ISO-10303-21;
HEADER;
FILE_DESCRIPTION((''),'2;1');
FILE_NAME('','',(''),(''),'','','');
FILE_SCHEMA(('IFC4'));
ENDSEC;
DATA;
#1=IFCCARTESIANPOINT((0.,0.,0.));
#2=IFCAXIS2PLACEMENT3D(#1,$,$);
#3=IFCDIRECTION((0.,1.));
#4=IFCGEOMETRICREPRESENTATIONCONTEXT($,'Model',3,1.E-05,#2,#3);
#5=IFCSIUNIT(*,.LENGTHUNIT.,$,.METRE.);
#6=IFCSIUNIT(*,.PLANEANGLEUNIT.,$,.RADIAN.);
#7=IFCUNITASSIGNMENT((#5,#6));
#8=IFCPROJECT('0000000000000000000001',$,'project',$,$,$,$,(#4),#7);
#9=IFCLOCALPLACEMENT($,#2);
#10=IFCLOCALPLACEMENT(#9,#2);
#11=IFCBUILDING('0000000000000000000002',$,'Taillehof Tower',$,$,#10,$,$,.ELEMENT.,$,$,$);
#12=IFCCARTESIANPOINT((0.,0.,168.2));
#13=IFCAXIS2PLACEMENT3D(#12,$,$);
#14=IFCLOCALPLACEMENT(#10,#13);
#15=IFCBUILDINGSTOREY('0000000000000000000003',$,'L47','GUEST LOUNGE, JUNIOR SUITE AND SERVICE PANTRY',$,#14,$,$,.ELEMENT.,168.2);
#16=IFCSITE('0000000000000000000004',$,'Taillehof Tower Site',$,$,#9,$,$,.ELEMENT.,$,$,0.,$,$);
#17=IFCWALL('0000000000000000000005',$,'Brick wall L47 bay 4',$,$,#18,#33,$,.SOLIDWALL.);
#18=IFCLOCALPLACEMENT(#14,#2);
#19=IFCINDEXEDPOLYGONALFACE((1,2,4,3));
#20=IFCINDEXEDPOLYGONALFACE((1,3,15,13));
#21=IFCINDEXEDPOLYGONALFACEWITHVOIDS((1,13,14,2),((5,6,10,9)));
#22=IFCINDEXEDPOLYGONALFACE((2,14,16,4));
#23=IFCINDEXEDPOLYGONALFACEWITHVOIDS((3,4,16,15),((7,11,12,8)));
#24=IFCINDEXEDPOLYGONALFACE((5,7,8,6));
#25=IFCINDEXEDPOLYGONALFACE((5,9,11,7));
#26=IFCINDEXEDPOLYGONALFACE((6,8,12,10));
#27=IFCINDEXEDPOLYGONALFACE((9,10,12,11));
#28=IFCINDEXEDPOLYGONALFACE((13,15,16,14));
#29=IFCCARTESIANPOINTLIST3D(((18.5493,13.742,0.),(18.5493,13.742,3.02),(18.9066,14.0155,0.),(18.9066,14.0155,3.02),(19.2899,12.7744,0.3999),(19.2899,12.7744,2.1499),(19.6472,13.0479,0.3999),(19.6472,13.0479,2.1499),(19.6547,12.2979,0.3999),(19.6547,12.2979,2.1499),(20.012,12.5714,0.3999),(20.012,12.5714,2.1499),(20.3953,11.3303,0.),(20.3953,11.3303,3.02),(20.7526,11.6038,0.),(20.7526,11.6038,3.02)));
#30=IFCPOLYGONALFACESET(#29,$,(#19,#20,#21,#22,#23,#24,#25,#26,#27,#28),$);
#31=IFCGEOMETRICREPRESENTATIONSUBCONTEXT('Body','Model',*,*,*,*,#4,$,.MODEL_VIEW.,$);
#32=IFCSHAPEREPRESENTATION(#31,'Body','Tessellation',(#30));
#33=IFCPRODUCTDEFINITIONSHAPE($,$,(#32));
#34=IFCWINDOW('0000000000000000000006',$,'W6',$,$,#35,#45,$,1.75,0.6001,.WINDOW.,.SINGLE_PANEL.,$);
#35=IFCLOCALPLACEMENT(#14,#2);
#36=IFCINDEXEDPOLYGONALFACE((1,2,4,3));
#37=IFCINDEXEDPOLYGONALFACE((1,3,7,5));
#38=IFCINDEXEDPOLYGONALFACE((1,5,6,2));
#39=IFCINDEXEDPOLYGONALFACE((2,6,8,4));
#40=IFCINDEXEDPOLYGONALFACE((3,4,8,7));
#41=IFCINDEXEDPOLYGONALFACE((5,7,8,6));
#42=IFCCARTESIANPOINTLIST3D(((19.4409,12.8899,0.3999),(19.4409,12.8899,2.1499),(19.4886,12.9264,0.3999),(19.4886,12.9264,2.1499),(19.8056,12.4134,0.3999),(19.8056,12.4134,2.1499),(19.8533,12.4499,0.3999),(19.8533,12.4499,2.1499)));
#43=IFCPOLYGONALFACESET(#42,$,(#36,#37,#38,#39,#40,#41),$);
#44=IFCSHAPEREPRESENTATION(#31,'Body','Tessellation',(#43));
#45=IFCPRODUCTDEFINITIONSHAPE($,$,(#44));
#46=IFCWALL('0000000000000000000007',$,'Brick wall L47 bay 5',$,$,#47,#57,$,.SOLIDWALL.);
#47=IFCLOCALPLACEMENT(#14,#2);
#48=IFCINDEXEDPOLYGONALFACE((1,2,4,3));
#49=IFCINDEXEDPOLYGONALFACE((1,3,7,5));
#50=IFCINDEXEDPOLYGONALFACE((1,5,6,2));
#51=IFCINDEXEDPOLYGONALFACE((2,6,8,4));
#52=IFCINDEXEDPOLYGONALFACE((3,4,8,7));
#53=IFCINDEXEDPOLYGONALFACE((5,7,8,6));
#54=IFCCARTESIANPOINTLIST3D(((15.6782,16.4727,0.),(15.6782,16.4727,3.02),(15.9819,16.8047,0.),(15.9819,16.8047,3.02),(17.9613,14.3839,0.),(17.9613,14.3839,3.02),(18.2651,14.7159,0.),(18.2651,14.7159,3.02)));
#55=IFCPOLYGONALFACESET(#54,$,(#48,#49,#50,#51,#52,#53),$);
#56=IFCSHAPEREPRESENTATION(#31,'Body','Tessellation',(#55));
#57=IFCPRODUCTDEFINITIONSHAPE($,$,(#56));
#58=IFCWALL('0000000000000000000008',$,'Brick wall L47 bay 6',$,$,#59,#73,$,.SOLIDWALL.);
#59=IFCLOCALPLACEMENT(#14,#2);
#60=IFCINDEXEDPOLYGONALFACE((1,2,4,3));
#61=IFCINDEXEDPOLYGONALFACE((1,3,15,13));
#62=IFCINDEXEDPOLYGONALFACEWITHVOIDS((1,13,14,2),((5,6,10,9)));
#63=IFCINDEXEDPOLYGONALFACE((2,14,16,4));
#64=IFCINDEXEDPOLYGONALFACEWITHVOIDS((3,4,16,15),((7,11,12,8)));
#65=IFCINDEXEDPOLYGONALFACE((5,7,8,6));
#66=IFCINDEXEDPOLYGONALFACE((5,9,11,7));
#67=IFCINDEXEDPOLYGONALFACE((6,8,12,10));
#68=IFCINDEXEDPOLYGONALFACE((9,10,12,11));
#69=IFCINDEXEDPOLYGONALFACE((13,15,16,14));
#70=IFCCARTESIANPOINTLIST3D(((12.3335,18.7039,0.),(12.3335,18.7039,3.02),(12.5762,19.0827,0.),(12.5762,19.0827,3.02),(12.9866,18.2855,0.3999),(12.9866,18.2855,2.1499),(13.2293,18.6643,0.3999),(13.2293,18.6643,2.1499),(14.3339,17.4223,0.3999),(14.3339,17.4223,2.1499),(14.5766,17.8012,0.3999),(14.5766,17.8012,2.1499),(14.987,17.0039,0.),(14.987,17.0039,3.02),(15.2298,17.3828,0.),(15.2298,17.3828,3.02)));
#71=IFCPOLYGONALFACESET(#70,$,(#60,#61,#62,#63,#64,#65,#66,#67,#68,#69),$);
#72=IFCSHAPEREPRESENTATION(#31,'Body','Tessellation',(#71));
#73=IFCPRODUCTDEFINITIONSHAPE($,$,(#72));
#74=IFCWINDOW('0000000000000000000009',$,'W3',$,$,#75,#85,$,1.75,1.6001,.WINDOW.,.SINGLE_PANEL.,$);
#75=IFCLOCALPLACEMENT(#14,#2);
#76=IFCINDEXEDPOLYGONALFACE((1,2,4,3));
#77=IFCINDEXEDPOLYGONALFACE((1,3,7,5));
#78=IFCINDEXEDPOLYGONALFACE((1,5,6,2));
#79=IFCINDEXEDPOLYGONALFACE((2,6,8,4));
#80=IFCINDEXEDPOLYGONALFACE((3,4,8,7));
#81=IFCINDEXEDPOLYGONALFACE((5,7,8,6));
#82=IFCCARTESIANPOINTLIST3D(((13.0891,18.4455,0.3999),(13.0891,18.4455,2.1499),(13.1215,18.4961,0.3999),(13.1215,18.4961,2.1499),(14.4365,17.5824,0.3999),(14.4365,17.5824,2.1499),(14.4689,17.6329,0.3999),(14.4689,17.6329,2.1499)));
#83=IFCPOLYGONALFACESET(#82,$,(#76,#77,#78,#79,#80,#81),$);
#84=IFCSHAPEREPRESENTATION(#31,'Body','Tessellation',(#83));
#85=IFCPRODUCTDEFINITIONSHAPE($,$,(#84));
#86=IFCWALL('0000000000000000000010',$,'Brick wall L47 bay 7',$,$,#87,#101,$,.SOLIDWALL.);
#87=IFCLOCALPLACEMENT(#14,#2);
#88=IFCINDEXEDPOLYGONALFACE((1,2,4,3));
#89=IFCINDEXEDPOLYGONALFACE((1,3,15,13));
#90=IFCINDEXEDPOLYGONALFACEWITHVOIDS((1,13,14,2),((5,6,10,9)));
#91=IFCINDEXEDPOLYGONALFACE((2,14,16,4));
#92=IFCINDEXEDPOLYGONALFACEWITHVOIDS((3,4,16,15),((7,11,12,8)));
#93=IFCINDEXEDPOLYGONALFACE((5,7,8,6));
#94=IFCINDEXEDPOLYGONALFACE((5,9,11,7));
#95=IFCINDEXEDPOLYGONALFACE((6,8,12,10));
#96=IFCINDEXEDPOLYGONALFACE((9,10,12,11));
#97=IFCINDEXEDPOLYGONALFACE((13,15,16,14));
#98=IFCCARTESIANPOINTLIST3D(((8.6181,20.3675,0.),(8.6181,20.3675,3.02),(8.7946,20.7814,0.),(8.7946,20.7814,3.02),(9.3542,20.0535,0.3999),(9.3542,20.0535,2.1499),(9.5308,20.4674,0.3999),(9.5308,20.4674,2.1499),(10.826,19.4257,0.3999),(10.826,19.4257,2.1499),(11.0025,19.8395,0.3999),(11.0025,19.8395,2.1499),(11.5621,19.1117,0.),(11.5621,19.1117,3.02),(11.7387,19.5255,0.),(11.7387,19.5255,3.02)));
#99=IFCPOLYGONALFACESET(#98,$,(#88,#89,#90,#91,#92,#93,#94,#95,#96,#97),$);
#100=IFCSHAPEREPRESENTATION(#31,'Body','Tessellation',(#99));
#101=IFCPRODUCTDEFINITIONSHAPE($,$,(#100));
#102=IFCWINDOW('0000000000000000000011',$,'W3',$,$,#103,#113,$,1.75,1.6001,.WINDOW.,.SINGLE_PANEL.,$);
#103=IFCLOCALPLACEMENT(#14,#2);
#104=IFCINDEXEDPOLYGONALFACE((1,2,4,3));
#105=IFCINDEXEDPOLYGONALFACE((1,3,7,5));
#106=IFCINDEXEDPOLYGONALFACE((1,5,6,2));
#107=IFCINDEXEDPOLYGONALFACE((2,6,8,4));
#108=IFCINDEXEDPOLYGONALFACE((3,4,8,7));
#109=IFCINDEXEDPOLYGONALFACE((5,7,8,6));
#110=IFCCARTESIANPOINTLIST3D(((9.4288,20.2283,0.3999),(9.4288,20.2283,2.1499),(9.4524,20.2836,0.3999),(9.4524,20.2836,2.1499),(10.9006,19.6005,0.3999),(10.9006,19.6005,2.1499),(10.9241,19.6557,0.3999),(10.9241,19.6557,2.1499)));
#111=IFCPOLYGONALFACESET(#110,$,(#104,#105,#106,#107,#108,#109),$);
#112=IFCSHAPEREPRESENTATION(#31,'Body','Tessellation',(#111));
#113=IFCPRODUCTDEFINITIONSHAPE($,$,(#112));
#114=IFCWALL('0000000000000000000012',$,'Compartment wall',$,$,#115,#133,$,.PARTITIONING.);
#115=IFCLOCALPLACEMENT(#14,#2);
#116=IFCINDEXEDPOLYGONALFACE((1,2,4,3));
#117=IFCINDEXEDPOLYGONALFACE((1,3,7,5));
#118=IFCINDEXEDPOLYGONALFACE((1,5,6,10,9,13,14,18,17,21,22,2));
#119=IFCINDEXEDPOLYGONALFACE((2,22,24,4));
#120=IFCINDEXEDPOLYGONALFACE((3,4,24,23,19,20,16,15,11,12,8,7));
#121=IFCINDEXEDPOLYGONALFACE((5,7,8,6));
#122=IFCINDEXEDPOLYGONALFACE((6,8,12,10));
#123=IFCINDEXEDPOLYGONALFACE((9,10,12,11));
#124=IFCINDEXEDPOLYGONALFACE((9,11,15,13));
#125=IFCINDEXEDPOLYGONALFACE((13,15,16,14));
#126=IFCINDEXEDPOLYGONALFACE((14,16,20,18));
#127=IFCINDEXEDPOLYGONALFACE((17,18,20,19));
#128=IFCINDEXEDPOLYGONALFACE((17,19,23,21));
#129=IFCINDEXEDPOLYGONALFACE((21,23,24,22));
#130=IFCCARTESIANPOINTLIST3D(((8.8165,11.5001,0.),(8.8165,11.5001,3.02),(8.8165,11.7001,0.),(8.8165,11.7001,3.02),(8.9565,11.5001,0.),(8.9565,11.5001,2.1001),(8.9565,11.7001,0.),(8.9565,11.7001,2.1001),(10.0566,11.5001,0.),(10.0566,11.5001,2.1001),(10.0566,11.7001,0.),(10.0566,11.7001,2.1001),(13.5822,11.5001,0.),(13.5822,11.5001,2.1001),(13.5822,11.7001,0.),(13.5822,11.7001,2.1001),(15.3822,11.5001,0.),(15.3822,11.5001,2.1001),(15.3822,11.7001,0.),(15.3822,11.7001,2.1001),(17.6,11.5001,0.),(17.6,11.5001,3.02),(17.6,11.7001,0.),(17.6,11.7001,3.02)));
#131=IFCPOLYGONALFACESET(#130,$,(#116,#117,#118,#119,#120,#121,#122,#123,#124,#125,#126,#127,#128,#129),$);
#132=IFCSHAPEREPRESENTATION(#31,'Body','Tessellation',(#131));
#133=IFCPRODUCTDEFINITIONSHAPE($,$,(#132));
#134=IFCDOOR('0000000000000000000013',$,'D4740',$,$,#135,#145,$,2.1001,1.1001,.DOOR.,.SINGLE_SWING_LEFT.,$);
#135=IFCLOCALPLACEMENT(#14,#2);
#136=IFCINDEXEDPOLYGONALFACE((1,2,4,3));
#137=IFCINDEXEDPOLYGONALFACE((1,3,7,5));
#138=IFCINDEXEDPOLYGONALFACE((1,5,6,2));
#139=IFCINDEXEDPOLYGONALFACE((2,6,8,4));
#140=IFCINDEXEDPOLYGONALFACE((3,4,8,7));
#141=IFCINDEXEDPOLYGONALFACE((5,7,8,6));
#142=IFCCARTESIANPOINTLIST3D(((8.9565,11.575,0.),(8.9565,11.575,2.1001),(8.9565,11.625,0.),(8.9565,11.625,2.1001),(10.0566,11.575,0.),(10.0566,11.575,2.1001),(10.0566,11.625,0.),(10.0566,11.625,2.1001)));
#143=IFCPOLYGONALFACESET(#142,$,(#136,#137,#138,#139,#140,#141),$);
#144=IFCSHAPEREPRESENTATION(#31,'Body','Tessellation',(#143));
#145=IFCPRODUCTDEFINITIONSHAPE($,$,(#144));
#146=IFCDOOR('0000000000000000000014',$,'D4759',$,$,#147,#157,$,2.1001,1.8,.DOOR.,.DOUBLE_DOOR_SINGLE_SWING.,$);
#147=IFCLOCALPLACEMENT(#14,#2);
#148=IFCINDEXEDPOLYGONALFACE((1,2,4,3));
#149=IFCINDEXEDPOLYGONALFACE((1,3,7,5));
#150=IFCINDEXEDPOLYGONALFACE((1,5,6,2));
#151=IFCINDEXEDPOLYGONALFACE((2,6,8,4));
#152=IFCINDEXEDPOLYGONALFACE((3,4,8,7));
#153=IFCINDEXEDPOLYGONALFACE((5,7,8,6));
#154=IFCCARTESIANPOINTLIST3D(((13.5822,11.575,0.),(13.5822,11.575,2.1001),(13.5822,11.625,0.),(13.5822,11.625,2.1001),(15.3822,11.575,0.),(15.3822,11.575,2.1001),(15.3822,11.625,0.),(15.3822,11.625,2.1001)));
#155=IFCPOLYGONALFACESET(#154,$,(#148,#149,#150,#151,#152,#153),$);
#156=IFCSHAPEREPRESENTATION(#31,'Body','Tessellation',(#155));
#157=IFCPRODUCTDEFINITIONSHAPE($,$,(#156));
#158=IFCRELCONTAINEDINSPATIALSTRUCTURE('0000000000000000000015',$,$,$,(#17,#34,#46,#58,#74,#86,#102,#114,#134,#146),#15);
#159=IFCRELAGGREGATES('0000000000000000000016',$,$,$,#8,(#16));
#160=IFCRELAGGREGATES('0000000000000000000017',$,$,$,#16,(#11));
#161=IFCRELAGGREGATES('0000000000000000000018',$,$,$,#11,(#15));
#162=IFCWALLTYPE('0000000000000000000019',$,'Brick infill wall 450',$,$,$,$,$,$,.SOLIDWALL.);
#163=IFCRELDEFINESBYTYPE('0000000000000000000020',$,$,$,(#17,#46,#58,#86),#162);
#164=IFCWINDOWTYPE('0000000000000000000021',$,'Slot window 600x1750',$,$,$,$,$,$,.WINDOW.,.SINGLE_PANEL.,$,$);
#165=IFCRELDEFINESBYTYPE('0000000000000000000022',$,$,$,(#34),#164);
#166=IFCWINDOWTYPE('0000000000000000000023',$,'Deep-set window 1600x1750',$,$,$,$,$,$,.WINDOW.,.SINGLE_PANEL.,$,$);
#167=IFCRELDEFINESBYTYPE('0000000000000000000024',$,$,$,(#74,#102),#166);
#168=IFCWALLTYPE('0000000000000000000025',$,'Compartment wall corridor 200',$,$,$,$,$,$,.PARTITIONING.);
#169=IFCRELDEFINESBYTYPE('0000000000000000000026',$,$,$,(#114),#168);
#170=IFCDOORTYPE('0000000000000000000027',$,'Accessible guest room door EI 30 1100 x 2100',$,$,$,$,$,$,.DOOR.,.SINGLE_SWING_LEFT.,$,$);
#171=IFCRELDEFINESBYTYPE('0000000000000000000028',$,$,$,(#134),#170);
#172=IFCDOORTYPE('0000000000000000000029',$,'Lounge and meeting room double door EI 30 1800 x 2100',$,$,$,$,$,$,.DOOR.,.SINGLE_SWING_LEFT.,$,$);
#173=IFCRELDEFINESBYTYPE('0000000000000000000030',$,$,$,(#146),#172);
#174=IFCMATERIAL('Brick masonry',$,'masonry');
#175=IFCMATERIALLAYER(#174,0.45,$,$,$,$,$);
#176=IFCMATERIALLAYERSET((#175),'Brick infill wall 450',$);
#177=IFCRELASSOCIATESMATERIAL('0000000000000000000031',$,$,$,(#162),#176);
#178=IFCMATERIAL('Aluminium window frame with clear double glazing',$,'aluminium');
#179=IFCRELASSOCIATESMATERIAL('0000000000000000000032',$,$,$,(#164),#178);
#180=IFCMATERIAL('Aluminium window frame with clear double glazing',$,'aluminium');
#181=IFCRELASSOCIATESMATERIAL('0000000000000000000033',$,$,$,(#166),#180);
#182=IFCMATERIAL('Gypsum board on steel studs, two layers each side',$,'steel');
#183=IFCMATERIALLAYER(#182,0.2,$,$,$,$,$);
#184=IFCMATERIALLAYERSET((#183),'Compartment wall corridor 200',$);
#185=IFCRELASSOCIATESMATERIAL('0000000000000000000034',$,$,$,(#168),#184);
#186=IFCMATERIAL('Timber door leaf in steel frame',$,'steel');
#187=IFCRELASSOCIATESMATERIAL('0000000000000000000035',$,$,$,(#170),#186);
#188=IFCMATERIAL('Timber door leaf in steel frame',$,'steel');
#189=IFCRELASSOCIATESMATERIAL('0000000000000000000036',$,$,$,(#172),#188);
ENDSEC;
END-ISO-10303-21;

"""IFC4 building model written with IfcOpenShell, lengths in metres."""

from ifc_helpers import new_model, si_unit, direction, frame, frame_2d, origin, place, context, subcontext, project, spatial, rectangle, extrude, material, layer, layer_set, type_object, element, fill, save


model = new_model("IFC4")

# Units and contexts
model_context = context("Model", 3, precision=1e-05, world=origin(), true_north=direction((0.0, 1.0)))
body_context = subcontext(model_context, "Body", "Model", "MODEL_VIEW")
ifc_project = project(units=[si_unit("LENGTHUNIT", "METRE"), si_unit("PLANEANGLEUNIT", "RADIAN")], contexts=[model_context])

# Site, building, storey
site_placement = place(None, origin())
site = spatial("IfcSite", under=ifc_project, at=site_placement, Name="Taillehof Tower Site", CompositionType="ELEMENT", RefElevation=0.0)
building_placement = place(site_placement, origin())
building = spatial("IfcBuilding", under=site, at=building_placement, Name="Taillehof Tower", CompositionType="ELEMENT")
storey_placement = place(building_placement, frame((0.0, 0.0, 168.2)))
storey = spatial("IfcBuildingStorey", under=building, at=storey_placement, Name="L47", Description="GUEST LOUNGE, JUNIOR SUITE AND SERVICE PANTRY", CompositionType="ELEMENT", Elevation=168.2)

# Wall, opening, window
ifc_material_1 = material(Name="Brick masonry", Category="masonry")
ifc_layer_1 = layer(ifc_material_1, 0.45)
ifc_layer_set_1 = layer_set([ifc_layer_1], Name="Brick infill wall 450")
wall_type_1 = type_object("IfcWallType", Name="Brick infill wall 450", PredefinedType="SOLIDWALL", material=ifc_layer_set_1)
wall_1_placement = place(storey_placement, frame((20.574, 11.467, 0.0), z_axis=(0.0, 0.0, 1.0), x_axis=(-0.607817, 0.794077, 0.0)))
wall_1 = element("IfcWall", 1, at=wall_1_placement, inside=storey, type_object=wall_type_1, Name="Brick wall L47 bay 4", PredefinedType="SOLIDWALL", context=body_context, shape_type="SweptSolid", body=[
    extrude(rectangle(XDim=3.0371, YDim=0.45, at=frame_2d((1.5186, 0.0))), origin(), (0.0, 0.0, 1.0), 3.02),
])
opening_1_placement = place(wall_1_placement, frame((1.2185, 0.0, 0.3999)))
opening_1 = element("IfcOpeningElement", 2, at=opening_1_placement, cuts=wall_1, PredefinedType="OPENING", context=body_context, shape_type="SweptSolid", body=[
    extrude(rectangle(XDim=0.6001, YDim=1.75, at=frame_2d((0.3, 0.875))), frame((0.0, 0.2349, 0.0), z_axis=(0.0, -1.0, 0.0), x_axis=(1.0, 0.0, 0.0)), (0.0, 0.0, 1.0), 0.47),
])
ifc_material_2 = material(Name="Aluminium window frame with clear double glazing", Category="aluminium")
window_type_1 = type_object("IfcWindowType", Name="Slot window 600x1750", PartitioningType="SINGLE_PANEL", PredefinedType="WINDOW", material=ifc_material_2)
window_1_placement = place(opening_1_placement, origin())
window_1 = element("IfcWindow", 3, at=window_1_placement, inside=storey, type_object=window_type_1, Name="W6", OverallHeight=1.75, OverallWidth=0.6001, PartitioningType="SINGLE_PANEL", PredefinedType="WINDOW", context=body_context, shape_type="SweptSolid", body=[
    extrude(rectangle(XDim=0.6001, YDim=1.75, at=frame_2d((0.3, 0.875))), frame((0.0, 0.0349, 0.0), z_axis=(0.0, -1.0, 0.0), x_axis=(1.0, 0.0, 0.0)), (0.0, 0.0, 1.0), 0.0601),
])
fill(opening_1, window_1)

# Wall
wall_2_placement = place(storey_placement, frame((18.1133, 14.5498, 0.0), z_axis=(0.0, 0.0, 1.0), x_axis=(-0.737809, 0.67501, 0.0)))
element("IfcWall", 4, at=wall_2_placement, inside=storey, type_object=wall_type_1, Name="Brick wall L47 bay 5", PredefinedType="SOLIDWALL", context=body_context, shape_type="SweptSolid", body=[
    extrude(rectangle(XDim=3.0945, YDim=0.45, at=frame_2d((1.5474, 0.0))), origin(), (0.0, 0.0, 1.0), 3.02),
])

# Walls, openings, windows
wall_3_placement = place(storey_placement, frame((15.1084, 17.1934, 0.0), z_axis=(0.0, 0.0, 1.0), x_axis=(-0.842031, 0.53943, 0.0)))
wall_3 = element("IfcWall", 5, at=wall_3_placement, inside=storey, type_object=wall_type_1, Name="Brick wall L47 bay 6", PredefinedType="SOLIDWALL", context=body_context, shape_type="SweptSolid", body=[
    extrude(rectangle(XDim=3.1514, YDim=0.45, at=frame_2d((1.5757, 0.0))), origin(), (0.0, 0.0, 1.0), 3.02),
])
opening_2_placement = place(wall_3_placement, frame((0.7756, 0.0, 0.3999)))
opening_2 = element("IfcOpeningElement", 6, at=opening_2_placement, cuts=wall_3, PredefinedType="OPENING", context=body_context, shape_type="SweptSolid", body=[
    extrude(rectangle(XDim=1.6001, YDim=1.75, at=frame_2d((0.8, 0.875))), frame((0.0, 0.2349, 0.0), z_axis=(0.0, -1.0, 0.0), x_axis=(1.0, 0.0, 0.0)), (0.0, 0.0, 1.0), 0.47),
])
ifc_material_3 = material(Name="Aluminium window frame with clear double glazing", Category="aluminium")
window_type_2 = type_object("IfcWindowType", Name="Deep-set window 1600x1750", PartitioningType="SINGLE_PANEL", PredefinedType="WINDOW", material=ifc_material_3)
window_2_placement = place(opening_2_placement, origin())
window_2 = element("IfcWindow", 7, at=window_2_placement, inside=storey, type_object=window_type_2, Name="W3", OverallHeight=1.75, OverallWidth=1.6001, PartitioningType="SINGLE_PANEL", PredefinedType="WINDOW", context=body_context, shape_type="SweptSolid", body=[
    extrude(rectangle(XDim=1.6001, YDim=1.75, at=frame_2d((0.8, 0.875))), frame((0.0, 0.0349, 0.0), z_axis=(0.0, -1.0, 0.0), x_axis=(1.0, 0.0, 0.0)), (0.0, 0.0, 1.0), 0.0601),
])
fill(opening_2, window_2)
wall_4_placement = place(storey_placement, frame((11.6504, 19.3186, 0.0), z_axis=(0.0, 0.0, 1.0), x_axis=(-0.91981, 0.392363, 0.0)))
wall_4 = element("IfcWall", 8, at=wall_4_placement, inside=storey, type_object=wall_type_1, Name="Brick wall L47 bay 7", PredefinedType="SOLIDWALL", context=body_context, shape_type="SweptSolid", body=[
    extrude(rectangle(XDim=3.2007, YDim=0.45, at=frame_2d((1.6003, 0.0))), origin(), (0.0, 0.0, 1.0), 3.02),
])
opening_3_placement = place(wall_4_placement, frame((0.8003, 0.0, 0.3999)))
opening_3 = element("IfcOpeningElement", 9, at=opening_3_placement, cuts=wall_4, PredefinedType="OPENING", context=body_context, shape_type="SweptSolid", body=[
    extrude(rectangle(XDim=1.6001, YDim=1.75, at=frame_2d((0.8, 0.875))), frame((0.0, 0.2349, 0.0), z_axis=(0.0, -1.0, 0.0), x_axis=(1.0, 0.0, 0.0)), (0.0, 0.0, 1.0), 0.47),
])
window_3_placement = place(opening_3_placement, origin())
window_3 = element("IfcWindow", 10, at=window_3_placement, inside=storey, type_object=window_type_2, Name="W3", OverallHeight=1.75, OverallWidth=1.6001, PartitioningType="SINGLE_PANEL", PredefinedType="WINDOW", context=body_context, shape_type="SweptSolid", body=[
    extrude(rectangle(XDim=1.6001, YDim=1.75, at=frame_2d((0.8, 0.875))), frame((0.0, 0.0349, 0.0), z_axis=(0.0, -1.0, 0.0), x_axis=(1.0, 0.0, 0.0)), (0.0, 0.0, 1.0), 0.0601),
])
fill(opening_3, window_3)

# Wall, openings, doors
ifc_material_4 = material(Name="Gypsum board on steel studs, two layers each side", Category="steel")
ifc_layer_2 = layer(ifc_material_4, 0.2)
ifc_layer_set_2 = layer_set([ifc_layer_2], Name="Compartment wall corridor 200")
wall_type_2 = type_object("IfcWallType", Name="Compartment wall corridor 200", PredefinedType="PARTITIONING", material=ifc_layer_set_2)
wall_5_placement = place(storey_placement, frame((8.8167, 11.6001, 0.0), z_axis=(0.0, 0.0, 1.0), x_axis=(1.0, 0.0, 0.0)))
wall_5 = element("IfcWall", 11, at=wall_5_placement, inside=storey, type_object=wall_type_2, Name="Compartment wall", PredefinedType="PARTITIONING", context=body_context, shape_type="SweptSolid", body=[
    extrude(rectangle(XDim=8.7834, YDim=0.2, at=frame_2d((4.3916, 0.0))), origin(), (0.0, 0.0, 1.0), 3.02),
])
opening_4_placement = place(wall_5_placement, frame((0.1399, 0.0, 0.0)))
opening_4 = element("IfcOpeningElement", 12, at=opening_4_placement, cuts=wall_5, PredefinedType="OPENING", context=body_context, shape_type="SweptSolid", body=[
    extrude(rectangle(XDim=1.1001, YDim=2.1001, at=frame_2d((0.55, 1.05))), frame((0.0, 0.1099, 0.0), z_axis=(0.0, -1.0, 0.0), x_axis=(1.0, 0.0, 0.0)), (0.0, 0.0, 1.0), 0.22),
])
opening_5_placement = place(wall_5_placement, frame((4.7656, 0.0, 0.0)))
opening_5 = element("IfcOpeningElement", 13, at=opening_5_placement, cuts=wall_5, PredefinedType="OPENING", context=body_context, shape_type="SweptSolid", body=[
    extrude(rectangle(XDim=1.8, YDim=2.1001, at=frame_2d((0.8999, 1.05))), frame((0.0, 0.1099, 0.0), z_axis=(0.0, -1.0, 0.0), x_axis=(1.0, 0.0, 0.0)), (0.0, 0.0, 1.0), 0.22),
])
ifc_material_5 = material(Name="Timber door leaf in steel frame", Category="steel")
door_type_1 = type_object("IfcDoorType", Name="Accessible guest room door EI 30 1100 x 2100", OperationType="SINGLE_SWING_LEFT", PredefinedType="DOOR", material=ifc_material_5)
door_1_placement = place(opening_4_placement, origin())
door_1 = element("IfcDoor", 14, at=door_1_placement, inside=storey, type_object=door_type_1, Name="D4740", OperationType="SINGLE_SWING_LEFT", OverallHeight=2.1001, OverallWidth=1.1001, PredefinedType="DOOR", context=body_context, shape_type="SweptSolid", body=[
    extrude(rectangle(XDim=1.1001, YDim=2.1001, at=frame_2d((0.55, 1.05))), frame((0.0, 0.0249, 0.0), z_axis=(0.0, -1.0, 0.0), x_axis=(1.0, 0.0, 0.0)), (0.0, 0.0, 1.0), 0.05),
])
fill(opening_4, door_1)
ifc_material_6 = material(Name="Timber door leaf in steel frame", Category="steel")
door_type_2 = type_object("IfcDoorType", Name="Lounge and meeting room double door EI 30 1800 x 2100", OperationType="SINGLE_SWING_LEFT", PredefinedType="DOOR", material=ifc_material_6)
door_2_placement = place(opening_5_placement, origin())
door_2 = element("IfcDoor", 15, at=door_2_placement, inside=storey, type_object=door_type_2, Name="D4759", OperationType="DOUBLE_DOOR_SINGLE_SWING", OverallHeight=2.1001, OverallWidth=1.8, PredefinedType="DOOR", context=body_context, shape_type="SweptSolid", body=[
    extrude(rectangle(XDim=1.8, YDim=2.1001, at=frame_2d((0.8999, 1.05))), frame((0.0, 0.0249, 0.0), z_axis=(0.0, -1.0, 0.0), x_axis=(1.0, 0.0, 0.0)), (0.0, 0.0, 1.0), 0.05),
])
fill(opening_5, door_2)

save(model, "model.ifc")
